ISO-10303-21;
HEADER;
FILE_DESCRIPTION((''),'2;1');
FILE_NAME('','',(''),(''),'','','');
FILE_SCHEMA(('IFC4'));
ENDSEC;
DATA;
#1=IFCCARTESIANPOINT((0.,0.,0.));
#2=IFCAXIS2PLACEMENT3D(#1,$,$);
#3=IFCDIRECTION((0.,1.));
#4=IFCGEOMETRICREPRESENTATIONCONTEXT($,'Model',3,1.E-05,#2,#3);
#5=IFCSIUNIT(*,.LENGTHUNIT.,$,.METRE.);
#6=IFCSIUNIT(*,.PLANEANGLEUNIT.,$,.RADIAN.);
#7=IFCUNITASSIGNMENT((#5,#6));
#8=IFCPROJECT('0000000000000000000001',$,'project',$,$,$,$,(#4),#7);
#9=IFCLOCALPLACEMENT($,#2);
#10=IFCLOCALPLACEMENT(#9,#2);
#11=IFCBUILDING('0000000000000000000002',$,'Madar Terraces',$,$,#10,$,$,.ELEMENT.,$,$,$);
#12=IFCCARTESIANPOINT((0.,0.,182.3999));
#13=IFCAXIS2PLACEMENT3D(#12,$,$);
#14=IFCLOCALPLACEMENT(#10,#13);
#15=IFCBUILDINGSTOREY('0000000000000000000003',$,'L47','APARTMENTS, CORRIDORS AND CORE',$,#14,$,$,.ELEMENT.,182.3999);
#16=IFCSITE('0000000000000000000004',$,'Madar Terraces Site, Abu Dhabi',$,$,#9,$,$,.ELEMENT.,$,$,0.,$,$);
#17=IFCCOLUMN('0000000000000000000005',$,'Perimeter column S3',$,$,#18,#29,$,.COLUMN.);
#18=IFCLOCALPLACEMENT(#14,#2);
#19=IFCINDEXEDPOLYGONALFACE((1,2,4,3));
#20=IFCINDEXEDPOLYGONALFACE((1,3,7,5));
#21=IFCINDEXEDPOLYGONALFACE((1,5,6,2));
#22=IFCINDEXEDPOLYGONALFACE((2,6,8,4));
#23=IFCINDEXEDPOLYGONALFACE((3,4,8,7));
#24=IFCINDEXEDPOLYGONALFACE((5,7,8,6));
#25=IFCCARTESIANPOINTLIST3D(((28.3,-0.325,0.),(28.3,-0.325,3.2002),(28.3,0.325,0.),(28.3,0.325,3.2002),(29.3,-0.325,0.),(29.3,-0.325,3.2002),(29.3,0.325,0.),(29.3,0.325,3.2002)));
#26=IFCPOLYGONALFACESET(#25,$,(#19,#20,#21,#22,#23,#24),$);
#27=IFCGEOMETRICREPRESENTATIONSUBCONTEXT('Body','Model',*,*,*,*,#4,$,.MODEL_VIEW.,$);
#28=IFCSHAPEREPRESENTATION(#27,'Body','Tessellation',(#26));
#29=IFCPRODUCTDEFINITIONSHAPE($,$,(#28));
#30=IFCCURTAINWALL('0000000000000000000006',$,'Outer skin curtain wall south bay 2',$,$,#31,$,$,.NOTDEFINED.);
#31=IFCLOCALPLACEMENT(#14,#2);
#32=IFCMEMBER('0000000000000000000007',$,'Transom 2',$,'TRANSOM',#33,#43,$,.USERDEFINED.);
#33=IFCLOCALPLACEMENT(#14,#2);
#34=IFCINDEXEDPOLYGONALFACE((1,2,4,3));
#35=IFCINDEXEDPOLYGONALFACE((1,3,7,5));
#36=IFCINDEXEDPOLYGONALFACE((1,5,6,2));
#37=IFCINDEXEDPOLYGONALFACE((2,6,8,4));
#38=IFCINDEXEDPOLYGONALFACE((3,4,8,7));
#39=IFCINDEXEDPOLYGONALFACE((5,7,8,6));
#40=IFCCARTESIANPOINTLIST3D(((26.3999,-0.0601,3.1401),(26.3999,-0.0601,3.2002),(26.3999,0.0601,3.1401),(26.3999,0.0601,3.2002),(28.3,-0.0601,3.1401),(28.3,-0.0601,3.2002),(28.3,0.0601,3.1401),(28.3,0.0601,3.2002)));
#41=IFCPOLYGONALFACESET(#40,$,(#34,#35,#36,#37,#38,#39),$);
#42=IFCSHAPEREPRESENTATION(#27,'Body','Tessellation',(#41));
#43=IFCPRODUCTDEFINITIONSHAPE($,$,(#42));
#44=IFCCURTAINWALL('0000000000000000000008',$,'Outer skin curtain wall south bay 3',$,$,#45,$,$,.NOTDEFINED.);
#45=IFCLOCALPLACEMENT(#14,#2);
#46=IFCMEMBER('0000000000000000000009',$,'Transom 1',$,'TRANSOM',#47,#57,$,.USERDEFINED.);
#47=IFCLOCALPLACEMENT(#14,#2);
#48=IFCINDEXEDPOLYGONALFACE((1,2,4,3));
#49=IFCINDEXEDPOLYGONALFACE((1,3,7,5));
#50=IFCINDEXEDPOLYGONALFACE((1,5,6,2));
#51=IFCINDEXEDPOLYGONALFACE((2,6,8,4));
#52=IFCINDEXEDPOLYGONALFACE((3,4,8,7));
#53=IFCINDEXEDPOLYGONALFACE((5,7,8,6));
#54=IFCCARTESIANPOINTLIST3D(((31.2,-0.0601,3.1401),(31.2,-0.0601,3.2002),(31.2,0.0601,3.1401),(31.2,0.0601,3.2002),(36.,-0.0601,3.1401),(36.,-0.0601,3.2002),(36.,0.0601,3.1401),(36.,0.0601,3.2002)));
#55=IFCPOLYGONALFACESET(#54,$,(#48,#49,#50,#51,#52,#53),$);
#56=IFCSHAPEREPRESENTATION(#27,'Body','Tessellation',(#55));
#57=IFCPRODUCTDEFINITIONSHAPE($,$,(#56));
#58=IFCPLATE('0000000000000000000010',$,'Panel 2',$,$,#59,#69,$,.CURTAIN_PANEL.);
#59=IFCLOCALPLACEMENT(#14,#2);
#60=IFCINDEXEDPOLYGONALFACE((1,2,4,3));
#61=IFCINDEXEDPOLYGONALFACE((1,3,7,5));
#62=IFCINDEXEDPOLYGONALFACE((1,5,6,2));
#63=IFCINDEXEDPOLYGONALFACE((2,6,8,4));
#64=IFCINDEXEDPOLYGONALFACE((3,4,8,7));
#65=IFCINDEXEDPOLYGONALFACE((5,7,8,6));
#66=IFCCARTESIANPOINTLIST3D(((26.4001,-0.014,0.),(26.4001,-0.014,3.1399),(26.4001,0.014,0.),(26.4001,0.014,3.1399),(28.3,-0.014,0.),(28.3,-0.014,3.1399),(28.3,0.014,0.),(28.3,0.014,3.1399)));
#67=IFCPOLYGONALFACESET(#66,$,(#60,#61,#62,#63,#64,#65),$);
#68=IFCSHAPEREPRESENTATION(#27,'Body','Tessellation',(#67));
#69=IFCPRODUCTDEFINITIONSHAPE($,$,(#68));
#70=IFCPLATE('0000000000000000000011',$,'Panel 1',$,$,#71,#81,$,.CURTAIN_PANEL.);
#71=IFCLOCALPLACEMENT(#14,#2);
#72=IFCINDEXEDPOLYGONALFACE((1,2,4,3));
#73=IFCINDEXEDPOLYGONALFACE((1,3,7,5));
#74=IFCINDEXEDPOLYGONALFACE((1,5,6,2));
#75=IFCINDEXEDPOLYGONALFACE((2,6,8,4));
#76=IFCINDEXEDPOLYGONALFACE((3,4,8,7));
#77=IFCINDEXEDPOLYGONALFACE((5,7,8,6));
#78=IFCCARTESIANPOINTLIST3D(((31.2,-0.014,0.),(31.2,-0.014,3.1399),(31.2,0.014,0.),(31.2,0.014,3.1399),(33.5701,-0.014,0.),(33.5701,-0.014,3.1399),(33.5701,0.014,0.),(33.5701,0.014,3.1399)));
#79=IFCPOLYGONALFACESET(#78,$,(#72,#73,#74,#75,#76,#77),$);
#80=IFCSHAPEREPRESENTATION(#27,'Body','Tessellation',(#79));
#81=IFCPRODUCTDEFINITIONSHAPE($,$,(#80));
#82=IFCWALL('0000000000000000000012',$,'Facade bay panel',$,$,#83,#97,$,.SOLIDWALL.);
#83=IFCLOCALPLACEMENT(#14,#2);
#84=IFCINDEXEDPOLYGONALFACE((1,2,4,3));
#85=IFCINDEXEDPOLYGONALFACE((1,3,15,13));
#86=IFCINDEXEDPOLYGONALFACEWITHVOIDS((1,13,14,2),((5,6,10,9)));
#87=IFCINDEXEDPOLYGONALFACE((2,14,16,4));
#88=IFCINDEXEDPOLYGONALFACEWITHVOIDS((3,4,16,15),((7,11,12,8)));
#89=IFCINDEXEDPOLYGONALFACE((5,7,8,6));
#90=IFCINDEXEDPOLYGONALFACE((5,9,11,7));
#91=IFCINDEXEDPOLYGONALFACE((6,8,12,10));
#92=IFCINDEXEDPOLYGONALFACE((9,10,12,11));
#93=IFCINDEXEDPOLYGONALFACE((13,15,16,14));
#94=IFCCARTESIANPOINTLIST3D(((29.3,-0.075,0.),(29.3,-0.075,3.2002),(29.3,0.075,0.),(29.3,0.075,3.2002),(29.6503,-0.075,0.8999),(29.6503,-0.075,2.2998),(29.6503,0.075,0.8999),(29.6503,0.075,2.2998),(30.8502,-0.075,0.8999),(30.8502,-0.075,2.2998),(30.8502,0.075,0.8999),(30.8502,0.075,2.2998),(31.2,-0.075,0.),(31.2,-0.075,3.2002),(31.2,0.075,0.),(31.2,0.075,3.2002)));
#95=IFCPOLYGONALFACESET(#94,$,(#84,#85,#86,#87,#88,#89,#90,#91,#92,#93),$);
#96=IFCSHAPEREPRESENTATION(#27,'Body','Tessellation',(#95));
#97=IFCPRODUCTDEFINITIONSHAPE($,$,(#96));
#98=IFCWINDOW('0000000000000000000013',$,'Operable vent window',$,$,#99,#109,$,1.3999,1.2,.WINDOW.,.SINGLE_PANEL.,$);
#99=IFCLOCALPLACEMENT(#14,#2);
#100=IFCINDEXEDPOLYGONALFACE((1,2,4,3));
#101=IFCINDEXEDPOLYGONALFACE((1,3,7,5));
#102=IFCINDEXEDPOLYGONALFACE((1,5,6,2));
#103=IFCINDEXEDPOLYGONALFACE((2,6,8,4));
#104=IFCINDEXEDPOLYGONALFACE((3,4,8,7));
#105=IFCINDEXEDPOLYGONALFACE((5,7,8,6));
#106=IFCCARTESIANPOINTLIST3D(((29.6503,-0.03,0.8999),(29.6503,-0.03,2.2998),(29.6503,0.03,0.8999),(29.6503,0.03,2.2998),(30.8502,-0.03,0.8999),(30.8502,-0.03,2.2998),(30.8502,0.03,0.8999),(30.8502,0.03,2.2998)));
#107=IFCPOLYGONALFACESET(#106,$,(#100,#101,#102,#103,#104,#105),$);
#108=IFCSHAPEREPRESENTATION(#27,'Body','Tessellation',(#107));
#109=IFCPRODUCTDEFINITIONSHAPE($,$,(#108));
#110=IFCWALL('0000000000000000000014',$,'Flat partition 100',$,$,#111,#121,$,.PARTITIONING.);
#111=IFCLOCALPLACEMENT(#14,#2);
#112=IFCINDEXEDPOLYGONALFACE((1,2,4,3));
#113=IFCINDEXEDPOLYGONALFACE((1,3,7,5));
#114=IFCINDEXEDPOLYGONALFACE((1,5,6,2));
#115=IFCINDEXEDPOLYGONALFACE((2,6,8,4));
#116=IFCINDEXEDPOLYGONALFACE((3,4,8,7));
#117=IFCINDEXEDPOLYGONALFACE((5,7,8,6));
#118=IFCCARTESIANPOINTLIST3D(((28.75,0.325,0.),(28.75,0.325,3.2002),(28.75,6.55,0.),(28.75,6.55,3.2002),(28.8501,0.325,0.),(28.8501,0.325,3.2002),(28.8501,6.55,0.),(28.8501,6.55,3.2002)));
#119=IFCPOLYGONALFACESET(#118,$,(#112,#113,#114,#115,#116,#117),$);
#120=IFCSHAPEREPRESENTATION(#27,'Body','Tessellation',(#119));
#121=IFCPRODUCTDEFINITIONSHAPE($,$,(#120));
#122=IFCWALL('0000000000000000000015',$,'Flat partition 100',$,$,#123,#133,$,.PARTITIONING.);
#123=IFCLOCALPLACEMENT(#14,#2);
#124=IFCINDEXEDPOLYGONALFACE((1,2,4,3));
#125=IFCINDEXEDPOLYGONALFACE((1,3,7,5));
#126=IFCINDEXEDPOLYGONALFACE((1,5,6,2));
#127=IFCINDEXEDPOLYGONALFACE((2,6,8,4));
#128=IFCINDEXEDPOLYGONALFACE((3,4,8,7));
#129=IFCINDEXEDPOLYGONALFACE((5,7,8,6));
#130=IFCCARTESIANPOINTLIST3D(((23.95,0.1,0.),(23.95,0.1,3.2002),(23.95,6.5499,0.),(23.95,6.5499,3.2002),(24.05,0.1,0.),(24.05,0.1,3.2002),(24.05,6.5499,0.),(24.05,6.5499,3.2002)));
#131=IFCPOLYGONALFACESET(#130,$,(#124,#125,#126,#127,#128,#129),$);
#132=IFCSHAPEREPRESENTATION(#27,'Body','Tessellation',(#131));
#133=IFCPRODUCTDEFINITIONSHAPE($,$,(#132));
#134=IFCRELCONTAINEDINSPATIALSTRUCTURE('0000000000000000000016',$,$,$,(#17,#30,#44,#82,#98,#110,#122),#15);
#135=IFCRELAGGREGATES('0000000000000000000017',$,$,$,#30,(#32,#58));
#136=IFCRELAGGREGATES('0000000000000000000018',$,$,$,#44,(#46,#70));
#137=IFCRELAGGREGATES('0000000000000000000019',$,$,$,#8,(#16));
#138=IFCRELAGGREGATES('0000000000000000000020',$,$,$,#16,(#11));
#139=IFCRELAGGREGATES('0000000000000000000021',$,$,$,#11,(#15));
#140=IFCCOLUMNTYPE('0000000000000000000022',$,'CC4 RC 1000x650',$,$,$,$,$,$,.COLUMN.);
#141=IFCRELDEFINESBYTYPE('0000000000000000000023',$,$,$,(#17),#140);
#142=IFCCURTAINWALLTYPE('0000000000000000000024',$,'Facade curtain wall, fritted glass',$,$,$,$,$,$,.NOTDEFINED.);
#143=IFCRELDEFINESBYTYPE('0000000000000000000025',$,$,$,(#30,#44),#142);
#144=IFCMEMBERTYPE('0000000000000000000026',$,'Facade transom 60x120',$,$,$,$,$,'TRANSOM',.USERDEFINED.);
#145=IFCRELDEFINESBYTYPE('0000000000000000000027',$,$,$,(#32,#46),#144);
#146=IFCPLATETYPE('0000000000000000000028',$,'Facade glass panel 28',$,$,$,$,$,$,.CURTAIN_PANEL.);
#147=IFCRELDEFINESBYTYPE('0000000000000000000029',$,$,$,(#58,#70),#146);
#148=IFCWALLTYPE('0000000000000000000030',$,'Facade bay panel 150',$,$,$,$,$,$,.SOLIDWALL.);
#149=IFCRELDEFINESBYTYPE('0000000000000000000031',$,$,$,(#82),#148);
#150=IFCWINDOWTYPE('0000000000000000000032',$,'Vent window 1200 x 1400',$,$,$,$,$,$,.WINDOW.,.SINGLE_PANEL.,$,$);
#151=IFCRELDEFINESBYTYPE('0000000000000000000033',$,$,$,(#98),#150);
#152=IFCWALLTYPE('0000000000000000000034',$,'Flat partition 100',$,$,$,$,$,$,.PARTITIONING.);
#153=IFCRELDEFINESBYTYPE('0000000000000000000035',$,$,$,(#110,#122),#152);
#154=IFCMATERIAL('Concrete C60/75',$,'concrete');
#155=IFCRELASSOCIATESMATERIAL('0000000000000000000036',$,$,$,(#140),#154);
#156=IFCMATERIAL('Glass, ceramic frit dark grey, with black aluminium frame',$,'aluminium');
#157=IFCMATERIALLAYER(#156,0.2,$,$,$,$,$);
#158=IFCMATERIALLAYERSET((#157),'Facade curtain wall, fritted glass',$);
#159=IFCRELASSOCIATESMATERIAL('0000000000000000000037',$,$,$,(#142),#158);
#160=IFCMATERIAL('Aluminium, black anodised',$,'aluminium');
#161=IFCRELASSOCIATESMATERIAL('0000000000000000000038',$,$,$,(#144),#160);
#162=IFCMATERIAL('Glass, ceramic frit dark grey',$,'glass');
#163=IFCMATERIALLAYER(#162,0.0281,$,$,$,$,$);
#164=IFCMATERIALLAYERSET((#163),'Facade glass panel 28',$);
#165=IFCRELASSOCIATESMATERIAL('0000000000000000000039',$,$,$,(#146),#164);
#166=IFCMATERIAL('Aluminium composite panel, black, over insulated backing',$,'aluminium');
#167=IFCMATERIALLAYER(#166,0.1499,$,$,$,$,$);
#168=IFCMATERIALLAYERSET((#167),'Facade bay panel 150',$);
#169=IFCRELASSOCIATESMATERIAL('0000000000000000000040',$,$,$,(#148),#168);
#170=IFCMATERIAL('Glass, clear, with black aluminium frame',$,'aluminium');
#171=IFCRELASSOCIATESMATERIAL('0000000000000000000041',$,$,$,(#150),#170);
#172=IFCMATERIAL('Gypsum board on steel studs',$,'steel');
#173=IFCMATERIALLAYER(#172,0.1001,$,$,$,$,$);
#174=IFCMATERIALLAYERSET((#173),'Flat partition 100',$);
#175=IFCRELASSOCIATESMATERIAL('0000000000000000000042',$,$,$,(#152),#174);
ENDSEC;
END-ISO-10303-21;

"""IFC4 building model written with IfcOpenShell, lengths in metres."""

from ifc_helpers import new_model, si_unit, direction, frame, frame_2d, origin, origin_2d, place, context, subcontext, project, spatial, rectangle, extrude, material, layer, layer_set, material_profile, profile_set, type_object, element, fill, aggregate, save


model = new_model("IFC4")

# Units and contexts
model_context = context("Model", 3, precision=1e-05, world=origin(), true_north=direction((0.0, 1.0)))
body_context = subcontext(model_context, "Body", "Model", "MODEL_VIEW")
ifc_project = project(units=[si_unit("LENGTHUNIT", "METRE"), si_unit("PLANEANGLEUNIT", "RADIAN")], contexts=[model_context])

# Site, building, storey
site_placement = place(None, origin())
site = spatial("IfcSite", under=ifc_project, at=site_placement, Name="Madar Terraces Site, Abu Dhabi", CompositionType="ELEMENT", RefElevation=0.0)
building_placement = place(site_placement, origin())
building = spatial("IfcBuilding", under=site, at=building_placement, Name="Madar Terraces", CompositionType="ELEMENT")
storey_placement = place(building_placement, frame((0.0, 0.0, 182.3999)))
storey = spatial("IfcBuildingStorey", under=building, at=storey_placement, Name="L47", Description="APARTMENTS, CORRIDORS AND CORE", CompositionType="ELEMENT", Elevation=182.3999)

# Column
ifc_material_1 = material(Name="Concrete C60/75", Category="concrete")
ifc_material_profile_1 = material_profile(ifc_material_1, rectangle(XDim=1.0, YDim=0.6499, at=origin_2d()), Name="CC4 RC 1000x650")
ifc_profile_set_1 = profile_set([ifc_material_profile_1], Name="Concrete C60/75")
column_type = type_object("IfcColumnType", Name="CC4 RC 1000x650", PredefinedType="COLUMN", material=ifc_profile_set_1)
column_placement = place(storey_placement, frame((28.8, 0.0, 0.0), z_axis=(0.0, 0.0, 1.0), x_axis=(1.0, 0.0, 0.0)))
element("IfcColumn", 1, at=column_placement, inside=storey, type_object=column_type, Name="Perimeter column S3", PredefinedType="COLUMN", context=body_context, shape_type="SweptSolid", body=[
    extrude(rectangle(XDim=1.0, YDim=0.6499, at=origin_2d()), origin(), (0.0, 0.0, 1.0), 3.2002),
])

# Curtain walls, members
ifc_material_2 = material(Name="Glass, ceramic frit dark grey, with black aluminium frame", Category="aluminium")
ifc_layer_1 = layer(ifc_material_2, 0.2)
ifc_layer_set_1 = layer_set([ifc_layer_1], Name="Facade curtain wall, fritted glass")
curtain_wall_type = type_object("IfcCurtainWallType", Name="Facade curtain wall, fritted glass", PredefinedType="NOTDEFINED", material=ifc_layer_set_1)
curtain_wall_1_placement = place(storey_placement, origin())
curtain_wall_1 = element("IfcCurtainWall", 2, at=curtain_wall_1_placement, inside=storey, type_object=curtain_wall_type, Name="Outer skin curtain wall south bay 2", PredefinedType="NOTDEFINED")
ifc_material_3 = material(Name="Aluminium, black anodised", Category="aluminium")
ifc_material_profile_2 = material_profile(ifc_material_3, rectangle(XDim=0.1201, YDim=0.0601, at=origin_2d()), Name="Facade transom 60x120")
ifc_profile_set_2 = profile_set([ifc_material_profile_2], Name="Aluminium, black anodised")
member_type = type_object("IfcMemberType", Name="Facade transom 60x120", ElementType="TRANSOM", PredefinedType="USERDEFINED", material=ifc_profile_set_2)
member_1_placement = place(storey_placement, frame((26.3999, 0.0, 3.1702), z_axis=(1.0, 0.0, 0.0), x_axis=(0.0, 1.0, 0.0)))
member_1 = element("IfcMember", 3, at=member_1_placement, type_object=member_type, Name="Transom 2", ObjectType="TRANSOM", PredefinedType="USERDEFINED", context=body_context, shape_type="SweptSolid", body=[
    extrude(rectangle(XDim=0.1201, YDim=0.0601, at=origin_2d()), origin(), (0.0, 0.0, 1.0), 1.9001),
])
curtain_wall_2_placement = place(storey_placement, origin())
curtain_wall_2 = element("IfcCurtainWall", 4, at=curtain_wall_2_placement, inside=storey, type_object=curtain_wall_type, Name="Outer skin curtain wall south bay 3", PredefinedType="NOTDEFINED")
member_2_placement = place(storey_placement, frame((31.2, 0.0, 3.1702), z_axis=(1.0, 0.0, 0.0), x_axis=(0.0, 1.0, 0.0)))
member_2 = element("IfcMember", 5, at=member_2_placement, type_object=member_type, Name="Transom 1", ObjectType="TRANSOM", PredefinedType="USERDEFINED", context=body_context, shape_type="SweptSolid", body=[
    extrude(rectangle(XDim=0.1201, YDim=0.0601, at=origin_2d()), origin(), (0.0, 0.0, 1.0), 4.8),
])

# Plates
ifc_material_4 = material(Name="Glass, ceramic frit dark grey", Category="glass")
ifc_layer_2 = layer(ifc_material_4, 0.0281)
ifc_layer_set_2 = layer_set([ifc_layer_2], Name="Facade glass panel 28")
plate_type = type_object("IfcPlateType", Name="Facade glass panel 28", PredefinedType="CURTAIN_PANEL", material=ifc_layer_set_2)
plate_1_placement = place(storey_placement, frame((27.3501, 0.0, 0.0), z_axis=(0.0, 0.0, 1.0), x_axis=(1.0, 0.0, 0.0)))
plate_1 = element("IfcPlate", 6, at=plate_1_placement, type_object=plate_type, Name="Panel 2", PredefinedType="CURTAIN_PANEL", context=body_context, shape_type="SweptSolid", body=[
    extrude(rectangle(XDim=1.8999, YDim=0.0281, at=origin_2d()), origin(), (0.0, 0.0, 1.0), 3.1399),
])
aggregate(curtain_wall_1, [member_1, plate_1])
plate_2_placement = place(storey_placement, frame((32.385, 0.0, 0.0), z_axis=(0.0, 0.0, 1.0), x_axis=(1.0, 0.0, 0.0)))
plate_2 = element("IfcPlate", 7, at=plate_2_placement, type_object=plate_type, Name="Panel 1", PredefinedType="CURTAIN_PANEL", context=body_context, shape_type="SweptSolid", body=[
    extrude(rectangle(XDim=2.3701, YDim=0.0281, at=origin_2d()), origin(), (0.0, 0.0, 1.0), 3.1399),
])
aggregate(curtain_wall_2, [member_2, plate_2])

# Shared definitions
ifc_material_5 = material(Name="Aluminium composite panel, black, over insulated backing", Category="aluminium")
ifc_layer_3 = layer(ifc_material_5, 0.1499)
ifc_layer_set_3 = layer_set([ifc_layer_3], Name="Facade bay panel 150")
wall_type_1 = type_object("IfcWallType", Name="Facade bay panel 150", PredefinedType="SOLIDWALL", material=ifc_layer_set_3)

# Wall, opening, window
wall_1_placement = place(storey_placement, frame((29.3, 0.0, 0.0), z_axis=(0.0, 0.0, 1.0), x_axis=(1.0, 0.0, 0.0)))
wall_1 = element("IfcWall", 8, at=wall_1_placement, inside=storey, type_object=wall_type_1, Name="Facade bay panel", PredefinedType="SOLIDWALL", context=body_context, shape_type="SweptSolid", body=[
    extrude(rectangle(XDim=1.8999, YDim=0.1499, at=frame_2d((0.95, 0.0))), origin(), (0.0, 0.0, 1.0), 3.2002),
])
opening_1_placement = place(wall_1_placement, frame((0.3501, 0.0, 0.8999)))
opening_1 = element("IfcOpeningElement", 9, at=opening_1_placement, cuts=wall_1, PredefinedType="OPENING", context=body_context, shape_type="SweptSolid", body=[
    extrude(rectangle(XDim=1.2, YDim=1.3999, at=frame_2d((0.6001, 0.7))), frame((0.0, 0.085, 0.0), z_axis=(0.0, -1.0, 0.0), x_axis=(1.0, 0.0, 0.0)), (0.0, 0.0, 1.0), 0.1699),
])
ifc_material_6 = material(Name="Glass, clear, with black aluminium frame", Category="aluminium")
window_type = type_object("IfcWindowType", Name="Vent window 1200 x 1400", PartitioningType="SINGLE_PANEL", PredefinedType="WINDOW", material=ifc_material_6)
window_placement = place(opening_1_placement, origin())
window = element("IfcWindow", 10, at=window_placement, inside=storey, type_object=window_type, Name="Operable vent window", OverallHeight=1.3999, OverallWidth=1.2, PartitioningType="SINGLE_PANEL", PredefinedType="WINDOW", context=body_context, shape_type="SweptSolid", body=[
    extrude(rectangle(XDim=1.2, YDim=1.3999, at=frame_2d((0.6001, 0.7))), frame((0.0, 0.03, 0.0), z_axis=(0.0, -1.0, 0.0), x_axis=(1.0, 0.0, 0.0)), (0.0, 0.0, 1.0), 0.0601),
])
fill(opening_1, window)

# Walls
ifc_material_7 = material(Name="Gypsum board on steel studs", Category="steel")
ifc_layer_4 = layer(ifc_material_7, 0.1001)
ifc_layer_set_4 = layer_set([ifc_layer_4], Name="Flat partition 100")
wall_type_2 = type_object("IfcWallType", Name="Flat partition 100", PredefinedType="PARTITIONING", material=ifc_layer_set_4)
wall_2_placement = place(storey_placement, frame((28.8, 6.55, 0.0), z_axis=(0.0, 0.0, 1.0), x_axis=(0.0, -1.0, 0.0)))
element("IfcWall", 11, at=wall_2_placement, inside=storey, type_object=wall_type_2, Name="Flat partition 100", PredefinedType="PARTITIONING", context=body_context, shape_type="SweptSolid", body=[
    extrude(rectangle(XDim=6.2251, YDim=0.1001, at=frame_2d((3.1125, 0.0))), origin(), (0.0, 0.0, 1.0), 3.2002),
])
wall_3_placement = place(storey_placement, frame((24.0, 6.55, 0.0), z_axis=(0.0, 0.0, 1.0), x_axis=(0.0, -1.0, 0.0)))
element("IfcWall", 12, at=wall_3_placement, inside=storey, type_object=wall_type_2, Name="Flat partition 100", PredefinedType="PARTITIONING", context=body_context, shape_type="SweptSolid", body=[
    extrude(rectangle(XDim=6.45, YDim=0.1001, at=frame_2d((3.2251, 0.0))), origin(), (0.0, 0.0, 1.0), 3.2002),
])

save(model, "model.ifc")
